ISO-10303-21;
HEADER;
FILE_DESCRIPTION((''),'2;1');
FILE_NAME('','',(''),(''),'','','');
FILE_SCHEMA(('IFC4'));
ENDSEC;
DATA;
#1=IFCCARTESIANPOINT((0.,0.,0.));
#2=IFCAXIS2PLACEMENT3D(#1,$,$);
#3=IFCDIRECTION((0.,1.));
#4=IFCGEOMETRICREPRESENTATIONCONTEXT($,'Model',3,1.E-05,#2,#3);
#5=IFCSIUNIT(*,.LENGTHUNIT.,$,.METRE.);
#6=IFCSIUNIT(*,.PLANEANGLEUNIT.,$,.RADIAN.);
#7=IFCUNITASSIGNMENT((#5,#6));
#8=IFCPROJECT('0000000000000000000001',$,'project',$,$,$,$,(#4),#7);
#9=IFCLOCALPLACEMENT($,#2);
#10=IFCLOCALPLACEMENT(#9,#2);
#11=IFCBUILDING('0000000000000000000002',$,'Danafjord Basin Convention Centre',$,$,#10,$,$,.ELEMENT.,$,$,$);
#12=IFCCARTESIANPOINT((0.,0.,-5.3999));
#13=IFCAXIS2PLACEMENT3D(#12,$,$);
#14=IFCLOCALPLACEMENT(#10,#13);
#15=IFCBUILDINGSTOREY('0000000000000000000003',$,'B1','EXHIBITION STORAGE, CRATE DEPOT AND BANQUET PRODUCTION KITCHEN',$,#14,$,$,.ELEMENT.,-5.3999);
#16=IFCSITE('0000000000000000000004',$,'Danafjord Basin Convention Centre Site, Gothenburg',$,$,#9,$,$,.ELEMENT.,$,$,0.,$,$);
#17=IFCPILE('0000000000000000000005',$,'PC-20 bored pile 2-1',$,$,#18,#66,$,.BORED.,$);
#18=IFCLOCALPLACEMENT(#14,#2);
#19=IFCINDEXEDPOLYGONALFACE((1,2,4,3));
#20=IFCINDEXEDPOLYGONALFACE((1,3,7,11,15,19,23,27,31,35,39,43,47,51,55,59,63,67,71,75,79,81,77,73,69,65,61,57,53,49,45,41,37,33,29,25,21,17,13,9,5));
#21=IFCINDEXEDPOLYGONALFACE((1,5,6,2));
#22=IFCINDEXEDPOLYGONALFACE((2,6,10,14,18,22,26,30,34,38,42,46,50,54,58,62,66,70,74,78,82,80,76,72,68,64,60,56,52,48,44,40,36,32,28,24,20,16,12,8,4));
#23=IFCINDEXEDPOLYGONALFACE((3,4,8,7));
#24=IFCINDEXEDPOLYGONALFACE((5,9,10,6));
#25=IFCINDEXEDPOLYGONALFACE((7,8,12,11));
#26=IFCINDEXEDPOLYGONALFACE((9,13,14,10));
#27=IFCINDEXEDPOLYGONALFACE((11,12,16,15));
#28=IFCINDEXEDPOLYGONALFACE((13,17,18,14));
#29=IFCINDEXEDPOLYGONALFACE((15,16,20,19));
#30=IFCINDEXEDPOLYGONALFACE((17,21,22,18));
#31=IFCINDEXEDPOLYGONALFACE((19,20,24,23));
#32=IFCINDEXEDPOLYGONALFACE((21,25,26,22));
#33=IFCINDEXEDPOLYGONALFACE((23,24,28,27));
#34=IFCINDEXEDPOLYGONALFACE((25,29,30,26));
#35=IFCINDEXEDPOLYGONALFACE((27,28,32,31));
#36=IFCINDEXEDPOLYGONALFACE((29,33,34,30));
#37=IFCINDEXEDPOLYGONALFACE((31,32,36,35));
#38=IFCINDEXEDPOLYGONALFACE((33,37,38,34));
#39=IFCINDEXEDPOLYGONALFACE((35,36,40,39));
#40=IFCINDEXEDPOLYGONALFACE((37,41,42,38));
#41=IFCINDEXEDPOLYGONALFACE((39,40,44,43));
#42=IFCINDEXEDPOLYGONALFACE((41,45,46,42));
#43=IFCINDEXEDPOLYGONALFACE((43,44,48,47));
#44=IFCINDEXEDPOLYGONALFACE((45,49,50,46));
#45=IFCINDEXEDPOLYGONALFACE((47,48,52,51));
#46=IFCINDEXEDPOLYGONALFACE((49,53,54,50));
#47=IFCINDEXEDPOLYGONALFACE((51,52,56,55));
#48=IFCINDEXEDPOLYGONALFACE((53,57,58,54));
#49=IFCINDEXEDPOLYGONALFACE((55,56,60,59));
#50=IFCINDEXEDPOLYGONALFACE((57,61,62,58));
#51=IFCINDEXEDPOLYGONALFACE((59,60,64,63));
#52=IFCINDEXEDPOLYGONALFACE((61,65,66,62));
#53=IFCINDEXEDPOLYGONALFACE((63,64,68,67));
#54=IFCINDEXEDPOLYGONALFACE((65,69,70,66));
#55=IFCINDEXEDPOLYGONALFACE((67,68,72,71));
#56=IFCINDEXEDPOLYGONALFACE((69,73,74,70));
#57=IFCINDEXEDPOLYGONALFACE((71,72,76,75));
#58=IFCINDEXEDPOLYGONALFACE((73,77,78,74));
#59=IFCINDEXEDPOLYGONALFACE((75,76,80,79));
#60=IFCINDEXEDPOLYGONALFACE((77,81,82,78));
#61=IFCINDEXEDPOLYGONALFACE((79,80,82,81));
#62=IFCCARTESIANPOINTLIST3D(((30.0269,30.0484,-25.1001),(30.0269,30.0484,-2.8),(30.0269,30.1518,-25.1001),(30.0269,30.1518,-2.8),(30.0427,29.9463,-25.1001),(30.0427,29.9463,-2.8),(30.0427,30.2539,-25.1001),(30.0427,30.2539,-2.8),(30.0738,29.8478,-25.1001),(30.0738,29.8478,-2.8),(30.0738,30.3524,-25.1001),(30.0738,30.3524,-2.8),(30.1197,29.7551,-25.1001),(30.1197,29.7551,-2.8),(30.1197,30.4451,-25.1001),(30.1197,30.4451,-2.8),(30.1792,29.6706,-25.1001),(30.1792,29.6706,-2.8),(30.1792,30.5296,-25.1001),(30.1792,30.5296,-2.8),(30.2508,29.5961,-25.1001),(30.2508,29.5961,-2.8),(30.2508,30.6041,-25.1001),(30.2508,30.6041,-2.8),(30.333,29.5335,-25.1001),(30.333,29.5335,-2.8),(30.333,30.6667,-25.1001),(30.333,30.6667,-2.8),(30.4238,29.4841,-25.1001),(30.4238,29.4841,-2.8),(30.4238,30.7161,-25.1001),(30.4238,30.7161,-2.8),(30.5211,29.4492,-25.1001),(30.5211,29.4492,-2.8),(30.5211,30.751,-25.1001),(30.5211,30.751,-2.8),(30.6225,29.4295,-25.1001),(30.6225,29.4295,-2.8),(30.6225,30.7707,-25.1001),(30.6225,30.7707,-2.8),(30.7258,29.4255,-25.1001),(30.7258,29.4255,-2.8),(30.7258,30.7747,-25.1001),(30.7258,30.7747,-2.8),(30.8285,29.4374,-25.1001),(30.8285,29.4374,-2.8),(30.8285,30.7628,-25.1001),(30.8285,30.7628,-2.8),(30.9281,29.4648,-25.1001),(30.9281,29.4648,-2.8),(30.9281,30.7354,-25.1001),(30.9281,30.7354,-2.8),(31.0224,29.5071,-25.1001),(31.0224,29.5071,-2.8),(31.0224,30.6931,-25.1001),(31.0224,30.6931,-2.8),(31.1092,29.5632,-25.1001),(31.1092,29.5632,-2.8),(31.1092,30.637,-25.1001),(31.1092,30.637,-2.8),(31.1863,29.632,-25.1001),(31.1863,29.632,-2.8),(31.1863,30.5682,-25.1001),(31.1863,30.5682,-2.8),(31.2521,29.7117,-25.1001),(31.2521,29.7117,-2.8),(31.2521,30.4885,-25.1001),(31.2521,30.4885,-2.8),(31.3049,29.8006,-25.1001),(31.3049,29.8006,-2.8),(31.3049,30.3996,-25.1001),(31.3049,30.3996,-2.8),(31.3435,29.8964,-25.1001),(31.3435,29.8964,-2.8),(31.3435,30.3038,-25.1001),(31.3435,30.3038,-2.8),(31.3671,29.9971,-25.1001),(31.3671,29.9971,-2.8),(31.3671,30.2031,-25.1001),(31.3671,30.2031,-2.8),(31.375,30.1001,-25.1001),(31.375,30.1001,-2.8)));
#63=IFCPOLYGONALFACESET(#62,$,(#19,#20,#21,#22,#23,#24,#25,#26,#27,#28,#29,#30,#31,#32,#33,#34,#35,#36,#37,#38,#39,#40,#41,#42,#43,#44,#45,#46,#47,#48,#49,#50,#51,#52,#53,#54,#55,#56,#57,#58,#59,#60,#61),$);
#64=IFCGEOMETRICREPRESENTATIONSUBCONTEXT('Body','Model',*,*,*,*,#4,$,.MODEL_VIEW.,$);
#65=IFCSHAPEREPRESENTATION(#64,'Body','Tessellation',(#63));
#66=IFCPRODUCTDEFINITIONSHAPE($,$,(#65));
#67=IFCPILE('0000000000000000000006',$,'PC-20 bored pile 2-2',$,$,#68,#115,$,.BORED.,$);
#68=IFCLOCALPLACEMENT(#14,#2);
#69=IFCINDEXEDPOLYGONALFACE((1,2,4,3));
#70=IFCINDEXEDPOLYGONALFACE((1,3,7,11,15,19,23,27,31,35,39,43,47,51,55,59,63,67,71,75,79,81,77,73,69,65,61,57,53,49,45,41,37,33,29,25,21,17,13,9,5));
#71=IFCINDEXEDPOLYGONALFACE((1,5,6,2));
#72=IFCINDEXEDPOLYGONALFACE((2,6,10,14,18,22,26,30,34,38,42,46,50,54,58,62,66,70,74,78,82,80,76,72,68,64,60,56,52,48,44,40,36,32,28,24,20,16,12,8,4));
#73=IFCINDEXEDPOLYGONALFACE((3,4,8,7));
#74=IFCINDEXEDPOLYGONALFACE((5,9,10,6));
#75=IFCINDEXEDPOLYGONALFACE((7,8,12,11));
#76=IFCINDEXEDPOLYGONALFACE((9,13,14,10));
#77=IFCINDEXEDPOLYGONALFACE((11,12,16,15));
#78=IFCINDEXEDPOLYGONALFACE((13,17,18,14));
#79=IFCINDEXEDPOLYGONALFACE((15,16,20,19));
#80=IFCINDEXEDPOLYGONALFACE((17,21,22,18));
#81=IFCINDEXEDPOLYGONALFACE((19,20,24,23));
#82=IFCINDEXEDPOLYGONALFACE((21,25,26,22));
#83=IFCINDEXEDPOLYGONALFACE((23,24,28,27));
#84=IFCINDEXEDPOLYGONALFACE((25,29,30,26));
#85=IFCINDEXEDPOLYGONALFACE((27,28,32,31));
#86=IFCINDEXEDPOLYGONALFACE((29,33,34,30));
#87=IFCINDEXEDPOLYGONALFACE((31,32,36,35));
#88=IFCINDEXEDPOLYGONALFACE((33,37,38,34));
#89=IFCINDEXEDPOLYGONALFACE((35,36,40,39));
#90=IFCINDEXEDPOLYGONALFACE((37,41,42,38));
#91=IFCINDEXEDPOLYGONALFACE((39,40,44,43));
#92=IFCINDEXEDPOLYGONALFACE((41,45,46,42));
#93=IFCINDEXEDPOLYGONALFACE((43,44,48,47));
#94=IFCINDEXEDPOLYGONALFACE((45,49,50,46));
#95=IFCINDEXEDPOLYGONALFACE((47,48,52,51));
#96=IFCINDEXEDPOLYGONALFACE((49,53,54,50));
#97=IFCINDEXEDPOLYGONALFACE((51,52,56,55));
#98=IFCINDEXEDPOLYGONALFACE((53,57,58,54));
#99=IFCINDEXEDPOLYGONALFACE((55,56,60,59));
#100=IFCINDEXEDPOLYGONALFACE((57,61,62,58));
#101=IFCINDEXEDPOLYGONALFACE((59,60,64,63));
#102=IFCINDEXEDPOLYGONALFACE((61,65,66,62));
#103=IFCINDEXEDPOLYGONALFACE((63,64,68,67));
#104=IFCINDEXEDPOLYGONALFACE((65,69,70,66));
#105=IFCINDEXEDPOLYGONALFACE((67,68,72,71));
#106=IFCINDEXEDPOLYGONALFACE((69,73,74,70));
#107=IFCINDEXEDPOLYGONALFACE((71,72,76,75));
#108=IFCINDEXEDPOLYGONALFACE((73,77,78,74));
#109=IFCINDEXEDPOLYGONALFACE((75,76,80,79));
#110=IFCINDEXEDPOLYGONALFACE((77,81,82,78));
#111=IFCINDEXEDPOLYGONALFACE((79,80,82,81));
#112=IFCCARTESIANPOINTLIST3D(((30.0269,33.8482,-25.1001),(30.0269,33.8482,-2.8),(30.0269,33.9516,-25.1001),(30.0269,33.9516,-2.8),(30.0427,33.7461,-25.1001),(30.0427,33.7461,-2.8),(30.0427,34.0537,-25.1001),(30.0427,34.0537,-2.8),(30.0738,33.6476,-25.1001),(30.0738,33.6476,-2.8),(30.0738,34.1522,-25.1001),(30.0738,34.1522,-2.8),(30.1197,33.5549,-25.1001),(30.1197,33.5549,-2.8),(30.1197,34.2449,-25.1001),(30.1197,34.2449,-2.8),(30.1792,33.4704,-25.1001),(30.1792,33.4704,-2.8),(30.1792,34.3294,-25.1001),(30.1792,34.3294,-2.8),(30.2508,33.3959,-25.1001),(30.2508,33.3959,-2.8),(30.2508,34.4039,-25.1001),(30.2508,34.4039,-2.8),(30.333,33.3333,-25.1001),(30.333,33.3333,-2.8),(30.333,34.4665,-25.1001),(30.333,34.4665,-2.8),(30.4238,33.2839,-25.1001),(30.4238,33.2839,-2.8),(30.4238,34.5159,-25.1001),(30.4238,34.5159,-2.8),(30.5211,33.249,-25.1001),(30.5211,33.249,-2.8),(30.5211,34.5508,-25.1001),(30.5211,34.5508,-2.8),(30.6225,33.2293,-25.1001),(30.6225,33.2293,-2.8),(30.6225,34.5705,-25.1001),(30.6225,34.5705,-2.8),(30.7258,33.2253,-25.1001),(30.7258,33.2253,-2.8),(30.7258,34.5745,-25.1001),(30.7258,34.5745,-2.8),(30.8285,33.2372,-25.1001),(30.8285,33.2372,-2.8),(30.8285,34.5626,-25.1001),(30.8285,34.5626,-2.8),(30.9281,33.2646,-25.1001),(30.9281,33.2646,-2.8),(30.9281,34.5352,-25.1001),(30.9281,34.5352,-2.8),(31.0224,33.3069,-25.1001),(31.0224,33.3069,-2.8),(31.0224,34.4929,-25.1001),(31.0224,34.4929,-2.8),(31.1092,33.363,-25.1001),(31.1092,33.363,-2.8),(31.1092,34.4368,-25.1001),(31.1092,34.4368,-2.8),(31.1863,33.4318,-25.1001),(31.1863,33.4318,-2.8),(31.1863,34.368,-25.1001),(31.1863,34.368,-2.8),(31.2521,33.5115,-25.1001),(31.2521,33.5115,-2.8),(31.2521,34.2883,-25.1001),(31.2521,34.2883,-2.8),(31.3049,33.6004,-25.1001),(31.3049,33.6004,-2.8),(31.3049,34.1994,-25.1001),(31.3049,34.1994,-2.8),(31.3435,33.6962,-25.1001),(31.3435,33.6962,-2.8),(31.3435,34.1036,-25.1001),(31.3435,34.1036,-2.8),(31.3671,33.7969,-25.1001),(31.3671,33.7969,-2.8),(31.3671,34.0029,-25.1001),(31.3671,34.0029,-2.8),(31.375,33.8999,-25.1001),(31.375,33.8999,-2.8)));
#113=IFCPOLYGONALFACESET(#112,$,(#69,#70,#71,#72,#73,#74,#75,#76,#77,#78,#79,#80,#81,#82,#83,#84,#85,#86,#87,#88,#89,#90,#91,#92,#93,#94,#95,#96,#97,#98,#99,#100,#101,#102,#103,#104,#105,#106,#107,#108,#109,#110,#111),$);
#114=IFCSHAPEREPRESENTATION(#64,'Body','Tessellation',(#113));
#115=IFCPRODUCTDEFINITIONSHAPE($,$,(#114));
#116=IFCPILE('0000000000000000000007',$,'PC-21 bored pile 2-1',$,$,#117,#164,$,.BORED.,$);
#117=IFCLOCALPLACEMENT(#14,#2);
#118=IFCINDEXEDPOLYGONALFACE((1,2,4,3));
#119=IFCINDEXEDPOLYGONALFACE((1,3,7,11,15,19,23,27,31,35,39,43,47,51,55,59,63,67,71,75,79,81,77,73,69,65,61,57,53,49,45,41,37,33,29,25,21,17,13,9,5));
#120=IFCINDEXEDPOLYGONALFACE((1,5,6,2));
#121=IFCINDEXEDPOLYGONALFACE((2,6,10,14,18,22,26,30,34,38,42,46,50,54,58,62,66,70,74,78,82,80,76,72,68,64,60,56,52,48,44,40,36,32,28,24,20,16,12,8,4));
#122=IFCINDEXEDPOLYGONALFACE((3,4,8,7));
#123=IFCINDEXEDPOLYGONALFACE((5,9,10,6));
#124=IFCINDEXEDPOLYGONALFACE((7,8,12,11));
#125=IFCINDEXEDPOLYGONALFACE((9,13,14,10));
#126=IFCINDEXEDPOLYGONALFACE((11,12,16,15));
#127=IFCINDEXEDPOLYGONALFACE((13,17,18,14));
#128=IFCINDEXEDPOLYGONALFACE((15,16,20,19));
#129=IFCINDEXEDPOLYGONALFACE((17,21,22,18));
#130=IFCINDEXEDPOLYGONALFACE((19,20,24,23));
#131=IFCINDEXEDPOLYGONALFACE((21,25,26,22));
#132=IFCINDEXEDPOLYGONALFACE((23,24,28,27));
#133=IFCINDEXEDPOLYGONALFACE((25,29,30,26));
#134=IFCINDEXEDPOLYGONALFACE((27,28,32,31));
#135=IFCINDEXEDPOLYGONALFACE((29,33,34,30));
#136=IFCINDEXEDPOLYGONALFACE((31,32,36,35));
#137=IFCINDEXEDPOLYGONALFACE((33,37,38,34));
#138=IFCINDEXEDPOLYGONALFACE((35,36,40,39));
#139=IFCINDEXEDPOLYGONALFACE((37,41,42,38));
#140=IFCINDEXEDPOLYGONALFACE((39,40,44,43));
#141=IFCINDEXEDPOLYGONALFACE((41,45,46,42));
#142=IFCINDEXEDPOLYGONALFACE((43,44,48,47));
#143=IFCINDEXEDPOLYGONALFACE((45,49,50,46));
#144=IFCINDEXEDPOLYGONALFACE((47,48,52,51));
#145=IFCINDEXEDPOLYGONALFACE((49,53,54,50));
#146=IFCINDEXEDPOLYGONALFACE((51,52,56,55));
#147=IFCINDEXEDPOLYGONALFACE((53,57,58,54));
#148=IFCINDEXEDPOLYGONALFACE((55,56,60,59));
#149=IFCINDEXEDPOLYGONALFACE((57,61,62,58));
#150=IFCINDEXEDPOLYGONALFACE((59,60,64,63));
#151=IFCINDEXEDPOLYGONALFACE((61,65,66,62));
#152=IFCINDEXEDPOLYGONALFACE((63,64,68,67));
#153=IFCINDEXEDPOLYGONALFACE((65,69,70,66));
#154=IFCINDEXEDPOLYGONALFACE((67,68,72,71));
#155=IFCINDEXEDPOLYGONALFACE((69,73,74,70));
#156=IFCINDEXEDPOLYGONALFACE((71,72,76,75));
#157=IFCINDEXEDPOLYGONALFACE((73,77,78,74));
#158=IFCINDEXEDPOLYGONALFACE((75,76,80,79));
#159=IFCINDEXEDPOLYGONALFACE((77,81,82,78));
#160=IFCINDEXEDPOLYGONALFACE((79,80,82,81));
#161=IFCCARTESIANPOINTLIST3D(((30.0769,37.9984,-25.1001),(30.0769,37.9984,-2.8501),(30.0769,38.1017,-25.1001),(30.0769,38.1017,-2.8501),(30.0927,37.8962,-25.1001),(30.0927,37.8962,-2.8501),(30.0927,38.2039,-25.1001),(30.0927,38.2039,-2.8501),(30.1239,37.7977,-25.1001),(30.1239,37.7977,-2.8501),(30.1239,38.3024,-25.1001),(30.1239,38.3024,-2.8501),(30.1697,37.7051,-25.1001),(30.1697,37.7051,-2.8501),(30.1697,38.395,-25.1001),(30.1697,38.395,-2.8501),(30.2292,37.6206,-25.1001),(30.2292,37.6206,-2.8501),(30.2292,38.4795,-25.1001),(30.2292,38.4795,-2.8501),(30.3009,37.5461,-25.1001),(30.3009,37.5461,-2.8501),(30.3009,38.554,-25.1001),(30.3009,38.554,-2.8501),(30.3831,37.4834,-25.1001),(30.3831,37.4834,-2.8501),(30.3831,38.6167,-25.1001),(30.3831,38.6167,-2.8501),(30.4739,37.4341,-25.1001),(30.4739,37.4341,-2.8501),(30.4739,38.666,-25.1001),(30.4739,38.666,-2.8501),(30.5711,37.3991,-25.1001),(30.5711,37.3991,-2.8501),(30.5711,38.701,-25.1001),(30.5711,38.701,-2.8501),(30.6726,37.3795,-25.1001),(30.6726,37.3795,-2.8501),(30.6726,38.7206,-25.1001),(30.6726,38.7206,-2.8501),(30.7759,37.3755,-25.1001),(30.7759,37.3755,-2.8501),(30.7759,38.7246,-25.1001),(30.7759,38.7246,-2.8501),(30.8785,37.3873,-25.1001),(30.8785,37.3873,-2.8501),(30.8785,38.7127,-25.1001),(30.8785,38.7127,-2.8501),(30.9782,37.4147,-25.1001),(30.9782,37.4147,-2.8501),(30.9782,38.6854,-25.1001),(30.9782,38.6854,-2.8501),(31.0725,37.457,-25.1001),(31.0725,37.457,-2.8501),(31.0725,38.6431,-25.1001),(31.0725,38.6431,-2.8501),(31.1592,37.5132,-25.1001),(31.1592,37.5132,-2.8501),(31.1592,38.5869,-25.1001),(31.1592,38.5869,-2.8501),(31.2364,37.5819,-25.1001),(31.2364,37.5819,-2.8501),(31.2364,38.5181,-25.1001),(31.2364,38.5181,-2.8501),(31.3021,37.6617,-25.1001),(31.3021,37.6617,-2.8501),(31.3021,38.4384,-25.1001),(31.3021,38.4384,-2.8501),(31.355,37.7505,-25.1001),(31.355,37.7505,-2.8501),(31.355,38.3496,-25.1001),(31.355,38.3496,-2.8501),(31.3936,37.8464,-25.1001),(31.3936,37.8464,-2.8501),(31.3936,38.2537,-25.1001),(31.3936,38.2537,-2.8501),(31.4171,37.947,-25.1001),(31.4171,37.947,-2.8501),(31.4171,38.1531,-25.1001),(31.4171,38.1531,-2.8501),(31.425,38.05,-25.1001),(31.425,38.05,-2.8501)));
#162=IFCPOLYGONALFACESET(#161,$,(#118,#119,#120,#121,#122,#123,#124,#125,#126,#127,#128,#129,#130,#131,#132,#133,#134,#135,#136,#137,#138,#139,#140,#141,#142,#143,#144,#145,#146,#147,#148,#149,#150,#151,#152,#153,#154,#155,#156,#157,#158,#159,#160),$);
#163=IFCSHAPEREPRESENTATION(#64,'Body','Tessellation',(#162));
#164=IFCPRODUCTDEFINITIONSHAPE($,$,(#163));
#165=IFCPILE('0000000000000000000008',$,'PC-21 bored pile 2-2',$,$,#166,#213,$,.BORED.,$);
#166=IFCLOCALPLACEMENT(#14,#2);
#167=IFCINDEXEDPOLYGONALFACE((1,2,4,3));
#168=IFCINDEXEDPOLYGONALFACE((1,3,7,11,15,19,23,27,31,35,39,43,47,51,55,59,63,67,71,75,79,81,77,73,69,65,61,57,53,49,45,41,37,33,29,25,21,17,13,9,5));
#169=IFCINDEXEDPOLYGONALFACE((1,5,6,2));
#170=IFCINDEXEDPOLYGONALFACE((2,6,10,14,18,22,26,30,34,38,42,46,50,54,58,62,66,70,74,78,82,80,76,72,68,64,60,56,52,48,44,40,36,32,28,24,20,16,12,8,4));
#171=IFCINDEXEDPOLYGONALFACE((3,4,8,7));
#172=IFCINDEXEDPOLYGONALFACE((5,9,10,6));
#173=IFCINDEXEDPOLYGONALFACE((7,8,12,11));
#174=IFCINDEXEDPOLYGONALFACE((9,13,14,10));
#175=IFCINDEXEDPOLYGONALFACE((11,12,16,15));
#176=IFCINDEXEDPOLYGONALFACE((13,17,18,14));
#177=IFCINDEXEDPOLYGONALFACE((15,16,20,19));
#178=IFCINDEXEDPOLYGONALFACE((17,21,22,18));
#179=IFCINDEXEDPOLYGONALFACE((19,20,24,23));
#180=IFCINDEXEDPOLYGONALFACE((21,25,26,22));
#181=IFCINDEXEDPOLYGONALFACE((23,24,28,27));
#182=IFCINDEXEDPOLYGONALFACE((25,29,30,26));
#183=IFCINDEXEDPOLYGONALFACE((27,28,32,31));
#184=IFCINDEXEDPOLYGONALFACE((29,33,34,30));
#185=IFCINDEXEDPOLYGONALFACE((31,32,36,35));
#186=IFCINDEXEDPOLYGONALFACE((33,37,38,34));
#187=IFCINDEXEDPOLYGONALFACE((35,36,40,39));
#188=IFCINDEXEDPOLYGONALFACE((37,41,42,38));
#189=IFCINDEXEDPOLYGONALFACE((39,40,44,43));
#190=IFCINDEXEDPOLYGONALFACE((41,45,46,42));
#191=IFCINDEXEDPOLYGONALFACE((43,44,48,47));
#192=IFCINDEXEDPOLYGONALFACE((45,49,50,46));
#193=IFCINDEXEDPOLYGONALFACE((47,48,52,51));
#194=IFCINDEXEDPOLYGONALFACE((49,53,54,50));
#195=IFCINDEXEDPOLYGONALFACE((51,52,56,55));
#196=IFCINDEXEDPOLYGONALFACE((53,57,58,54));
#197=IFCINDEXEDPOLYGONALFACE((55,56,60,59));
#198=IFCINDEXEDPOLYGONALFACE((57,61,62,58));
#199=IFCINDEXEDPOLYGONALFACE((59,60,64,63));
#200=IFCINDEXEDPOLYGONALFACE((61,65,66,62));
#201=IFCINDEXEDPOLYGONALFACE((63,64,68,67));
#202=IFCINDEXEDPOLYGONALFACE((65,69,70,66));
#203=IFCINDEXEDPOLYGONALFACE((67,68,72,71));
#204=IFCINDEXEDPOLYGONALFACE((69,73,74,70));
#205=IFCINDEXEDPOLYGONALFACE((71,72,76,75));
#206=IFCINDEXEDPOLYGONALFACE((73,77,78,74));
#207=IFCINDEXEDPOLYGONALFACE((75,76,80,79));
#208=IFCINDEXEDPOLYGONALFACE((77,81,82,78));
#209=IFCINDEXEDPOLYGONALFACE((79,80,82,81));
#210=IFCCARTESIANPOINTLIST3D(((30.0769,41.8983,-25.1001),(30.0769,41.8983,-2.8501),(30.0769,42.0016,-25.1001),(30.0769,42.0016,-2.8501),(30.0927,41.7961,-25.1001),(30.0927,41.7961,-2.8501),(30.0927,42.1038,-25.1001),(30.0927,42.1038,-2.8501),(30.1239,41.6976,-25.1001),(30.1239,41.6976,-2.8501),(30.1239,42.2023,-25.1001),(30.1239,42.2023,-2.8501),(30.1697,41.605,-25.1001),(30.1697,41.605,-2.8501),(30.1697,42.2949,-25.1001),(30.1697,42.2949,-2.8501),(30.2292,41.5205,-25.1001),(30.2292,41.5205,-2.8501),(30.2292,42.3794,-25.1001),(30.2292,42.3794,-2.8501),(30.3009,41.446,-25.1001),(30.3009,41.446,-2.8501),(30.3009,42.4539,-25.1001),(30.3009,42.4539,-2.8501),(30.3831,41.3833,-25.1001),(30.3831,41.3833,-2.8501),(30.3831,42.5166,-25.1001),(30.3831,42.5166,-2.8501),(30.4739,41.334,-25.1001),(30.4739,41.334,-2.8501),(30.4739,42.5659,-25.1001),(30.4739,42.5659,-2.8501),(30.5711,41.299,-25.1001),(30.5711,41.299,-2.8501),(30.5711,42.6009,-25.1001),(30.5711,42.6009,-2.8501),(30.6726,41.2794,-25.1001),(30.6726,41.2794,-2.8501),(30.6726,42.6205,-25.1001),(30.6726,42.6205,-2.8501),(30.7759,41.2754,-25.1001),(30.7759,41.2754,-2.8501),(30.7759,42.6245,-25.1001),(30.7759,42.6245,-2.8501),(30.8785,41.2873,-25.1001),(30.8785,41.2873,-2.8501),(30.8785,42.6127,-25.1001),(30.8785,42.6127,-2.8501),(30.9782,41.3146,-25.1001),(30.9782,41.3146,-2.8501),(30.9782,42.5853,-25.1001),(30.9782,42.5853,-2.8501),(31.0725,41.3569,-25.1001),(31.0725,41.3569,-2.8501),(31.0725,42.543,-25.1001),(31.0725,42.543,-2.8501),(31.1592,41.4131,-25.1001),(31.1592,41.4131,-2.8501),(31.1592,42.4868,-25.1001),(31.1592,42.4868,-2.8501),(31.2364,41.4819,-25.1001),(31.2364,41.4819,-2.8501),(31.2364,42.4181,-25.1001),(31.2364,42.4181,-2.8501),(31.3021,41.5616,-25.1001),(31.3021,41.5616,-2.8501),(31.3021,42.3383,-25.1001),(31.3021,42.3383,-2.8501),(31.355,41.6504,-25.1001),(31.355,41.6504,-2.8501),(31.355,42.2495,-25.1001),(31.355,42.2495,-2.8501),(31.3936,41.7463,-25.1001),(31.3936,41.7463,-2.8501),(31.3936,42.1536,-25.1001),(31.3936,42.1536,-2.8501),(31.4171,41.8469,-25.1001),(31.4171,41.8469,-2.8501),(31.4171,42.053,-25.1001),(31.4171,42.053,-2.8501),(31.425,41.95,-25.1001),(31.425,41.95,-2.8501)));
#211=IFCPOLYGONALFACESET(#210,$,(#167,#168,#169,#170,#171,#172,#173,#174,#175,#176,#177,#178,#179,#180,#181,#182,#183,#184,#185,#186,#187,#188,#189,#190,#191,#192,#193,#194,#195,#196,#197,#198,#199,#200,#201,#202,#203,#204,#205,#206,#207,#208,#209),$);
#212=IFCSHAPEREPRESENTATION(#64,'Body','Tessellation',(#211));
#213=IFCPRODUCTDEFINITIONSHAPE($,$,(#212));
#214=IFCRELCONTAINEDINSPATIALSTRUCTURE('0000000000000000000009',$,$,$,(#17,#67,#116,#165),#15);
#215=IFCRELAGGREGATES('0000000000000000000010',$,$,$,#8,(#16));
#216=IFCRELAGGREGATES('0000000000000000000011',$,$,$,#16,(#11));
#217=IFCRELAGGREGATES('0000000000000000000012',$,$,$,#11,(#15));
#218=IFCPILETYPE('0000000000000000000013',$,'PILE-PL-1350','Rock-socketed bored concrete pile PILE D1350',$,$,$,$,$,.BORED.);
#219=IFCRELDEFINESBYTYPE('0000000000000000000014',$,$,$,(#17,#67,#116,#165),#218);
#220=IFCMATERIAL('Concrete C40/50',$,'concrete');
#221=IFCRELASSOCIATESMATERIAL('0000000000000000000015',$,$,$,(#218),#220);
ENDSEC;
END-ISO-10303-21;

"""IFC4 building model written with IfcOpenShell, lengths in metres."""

from ifc_helpers import new_model, si_unit, direction, frame, origin, origin_2d, place, context, subcontext, project, spatial, circle, extrude, material, material_profile, profile_set, type_object, element, save


model = new_model("IFC4")

# Units and contexts
model_context = context("Model", 3, precision=1e-05, world=origin(), true_north=direction((0.0, 1.0)))
body_context = subcontext(model_context, "Body", "Model", "MODEL_VIEW")
ifc_project = project(units=[si_unit("LENGTHUNIT", "METRE"), si_unit("PLANEANGLEUNIT", "RADIAN")], contexts=[model_context])

# Site, building, storey
site_placement = place(None, origin())
site = spatial("IfcSite", under=ifc_project, at=site_placement, Name="Danafjord Basin Convention Centre Site, Gothenburg", CompositionType="ELEMENT", RefElevation=0.0)
building_placement = place(site_placement, origin())
building = spatial("IfcBuilding", under=site, at=building_placement, Name="Danafjord Basin Convention Centre", CompositionType="ELEMENT")
storey_placement = place(building_placement, frame((0.0, 0.0, -5.3999)))
storey = spatial("IfcBuildingStorey", under=building, at=storey_placement, Name="B1", Description="EXHIBITION STORAGE, CRATE DEPOT AND BANQUET PRODUCTION KITCHEN", CompositionType="ELEMENT", Elevation=-5.3999)

# Shared definitions
ifc_material_1 = material(Name="Concrete C40/50", Category="concrete")

# Piles
ifc_material_profile_1 = material_profile(ifc_material_1, circle(Radius=0.675, at=origin_2d()), Name="PILE D1350")
ifc_profile_set_1 = profile_set([ifc_material_profile_1], Name="Concrete C40/50")
pile_type_1 = type_object("IfcPileType", Name="PILE-PL-1350", Description="Rock-socketed bored concrete pile PILE D1350", PredefinedType="BORED", material=ifc_profile_set_1)
for number, where, z_axis, x_axis, name in (
    (1, (30.7, 30.1001, -2.8), (0.0, 0.0, -1.0), (1.0, 0.0, 0.0), "PC-20 bored pile 2-1"),
    (2, (30.7, 33.8999, -2.8), (0.0, 0.0, -1.0), (1.0, 0.0, 0.0), "PC-20 bored pile 2-2"),
):
    element("IfcPile", number, at=place(storey_placement, frame(where, z_axis=z_axis, x_axis=x_axis)), inside=storey, type_object=pile_type_1, Name=name, PredefinedType="BORED", context=body_context, shape_type="SweptSolid", body=[
        extrude(circle(Radius=0.675, at=origin_2d()), origin(), (0.0, 0.0, 1.0), 22.3),
    ])
for number, where, z_axis, x_axis, name in (
    (3, (30.75, 38.05, -2.8501), (0.0, 0.0, -1.0), (1.0, 0.0, 0.0), "PC-21 bored pile 2-1"),
    (4, (30.75, 41.95, -2.8501), (0.0, 0.0, -1.0), (1.0, 0.0, 0.0), "PC-21 bored pile 2-2"),
):
    element("IfcPile", number, at=place(storey_placement, frame(where, z_axis=z_axis, x_axis=x_axis)), inside=storey, type_object=pile_type_1, Name=name, PredefinedType="BORED", context=body_context, shape_type="SweptSolid", body=[
        extrude(circle(Radius=0.675, at=origin_2d()), origin(), (0.0, 0.0, 1.0), 22.25),
    ])

save(model, "model.ifc")
